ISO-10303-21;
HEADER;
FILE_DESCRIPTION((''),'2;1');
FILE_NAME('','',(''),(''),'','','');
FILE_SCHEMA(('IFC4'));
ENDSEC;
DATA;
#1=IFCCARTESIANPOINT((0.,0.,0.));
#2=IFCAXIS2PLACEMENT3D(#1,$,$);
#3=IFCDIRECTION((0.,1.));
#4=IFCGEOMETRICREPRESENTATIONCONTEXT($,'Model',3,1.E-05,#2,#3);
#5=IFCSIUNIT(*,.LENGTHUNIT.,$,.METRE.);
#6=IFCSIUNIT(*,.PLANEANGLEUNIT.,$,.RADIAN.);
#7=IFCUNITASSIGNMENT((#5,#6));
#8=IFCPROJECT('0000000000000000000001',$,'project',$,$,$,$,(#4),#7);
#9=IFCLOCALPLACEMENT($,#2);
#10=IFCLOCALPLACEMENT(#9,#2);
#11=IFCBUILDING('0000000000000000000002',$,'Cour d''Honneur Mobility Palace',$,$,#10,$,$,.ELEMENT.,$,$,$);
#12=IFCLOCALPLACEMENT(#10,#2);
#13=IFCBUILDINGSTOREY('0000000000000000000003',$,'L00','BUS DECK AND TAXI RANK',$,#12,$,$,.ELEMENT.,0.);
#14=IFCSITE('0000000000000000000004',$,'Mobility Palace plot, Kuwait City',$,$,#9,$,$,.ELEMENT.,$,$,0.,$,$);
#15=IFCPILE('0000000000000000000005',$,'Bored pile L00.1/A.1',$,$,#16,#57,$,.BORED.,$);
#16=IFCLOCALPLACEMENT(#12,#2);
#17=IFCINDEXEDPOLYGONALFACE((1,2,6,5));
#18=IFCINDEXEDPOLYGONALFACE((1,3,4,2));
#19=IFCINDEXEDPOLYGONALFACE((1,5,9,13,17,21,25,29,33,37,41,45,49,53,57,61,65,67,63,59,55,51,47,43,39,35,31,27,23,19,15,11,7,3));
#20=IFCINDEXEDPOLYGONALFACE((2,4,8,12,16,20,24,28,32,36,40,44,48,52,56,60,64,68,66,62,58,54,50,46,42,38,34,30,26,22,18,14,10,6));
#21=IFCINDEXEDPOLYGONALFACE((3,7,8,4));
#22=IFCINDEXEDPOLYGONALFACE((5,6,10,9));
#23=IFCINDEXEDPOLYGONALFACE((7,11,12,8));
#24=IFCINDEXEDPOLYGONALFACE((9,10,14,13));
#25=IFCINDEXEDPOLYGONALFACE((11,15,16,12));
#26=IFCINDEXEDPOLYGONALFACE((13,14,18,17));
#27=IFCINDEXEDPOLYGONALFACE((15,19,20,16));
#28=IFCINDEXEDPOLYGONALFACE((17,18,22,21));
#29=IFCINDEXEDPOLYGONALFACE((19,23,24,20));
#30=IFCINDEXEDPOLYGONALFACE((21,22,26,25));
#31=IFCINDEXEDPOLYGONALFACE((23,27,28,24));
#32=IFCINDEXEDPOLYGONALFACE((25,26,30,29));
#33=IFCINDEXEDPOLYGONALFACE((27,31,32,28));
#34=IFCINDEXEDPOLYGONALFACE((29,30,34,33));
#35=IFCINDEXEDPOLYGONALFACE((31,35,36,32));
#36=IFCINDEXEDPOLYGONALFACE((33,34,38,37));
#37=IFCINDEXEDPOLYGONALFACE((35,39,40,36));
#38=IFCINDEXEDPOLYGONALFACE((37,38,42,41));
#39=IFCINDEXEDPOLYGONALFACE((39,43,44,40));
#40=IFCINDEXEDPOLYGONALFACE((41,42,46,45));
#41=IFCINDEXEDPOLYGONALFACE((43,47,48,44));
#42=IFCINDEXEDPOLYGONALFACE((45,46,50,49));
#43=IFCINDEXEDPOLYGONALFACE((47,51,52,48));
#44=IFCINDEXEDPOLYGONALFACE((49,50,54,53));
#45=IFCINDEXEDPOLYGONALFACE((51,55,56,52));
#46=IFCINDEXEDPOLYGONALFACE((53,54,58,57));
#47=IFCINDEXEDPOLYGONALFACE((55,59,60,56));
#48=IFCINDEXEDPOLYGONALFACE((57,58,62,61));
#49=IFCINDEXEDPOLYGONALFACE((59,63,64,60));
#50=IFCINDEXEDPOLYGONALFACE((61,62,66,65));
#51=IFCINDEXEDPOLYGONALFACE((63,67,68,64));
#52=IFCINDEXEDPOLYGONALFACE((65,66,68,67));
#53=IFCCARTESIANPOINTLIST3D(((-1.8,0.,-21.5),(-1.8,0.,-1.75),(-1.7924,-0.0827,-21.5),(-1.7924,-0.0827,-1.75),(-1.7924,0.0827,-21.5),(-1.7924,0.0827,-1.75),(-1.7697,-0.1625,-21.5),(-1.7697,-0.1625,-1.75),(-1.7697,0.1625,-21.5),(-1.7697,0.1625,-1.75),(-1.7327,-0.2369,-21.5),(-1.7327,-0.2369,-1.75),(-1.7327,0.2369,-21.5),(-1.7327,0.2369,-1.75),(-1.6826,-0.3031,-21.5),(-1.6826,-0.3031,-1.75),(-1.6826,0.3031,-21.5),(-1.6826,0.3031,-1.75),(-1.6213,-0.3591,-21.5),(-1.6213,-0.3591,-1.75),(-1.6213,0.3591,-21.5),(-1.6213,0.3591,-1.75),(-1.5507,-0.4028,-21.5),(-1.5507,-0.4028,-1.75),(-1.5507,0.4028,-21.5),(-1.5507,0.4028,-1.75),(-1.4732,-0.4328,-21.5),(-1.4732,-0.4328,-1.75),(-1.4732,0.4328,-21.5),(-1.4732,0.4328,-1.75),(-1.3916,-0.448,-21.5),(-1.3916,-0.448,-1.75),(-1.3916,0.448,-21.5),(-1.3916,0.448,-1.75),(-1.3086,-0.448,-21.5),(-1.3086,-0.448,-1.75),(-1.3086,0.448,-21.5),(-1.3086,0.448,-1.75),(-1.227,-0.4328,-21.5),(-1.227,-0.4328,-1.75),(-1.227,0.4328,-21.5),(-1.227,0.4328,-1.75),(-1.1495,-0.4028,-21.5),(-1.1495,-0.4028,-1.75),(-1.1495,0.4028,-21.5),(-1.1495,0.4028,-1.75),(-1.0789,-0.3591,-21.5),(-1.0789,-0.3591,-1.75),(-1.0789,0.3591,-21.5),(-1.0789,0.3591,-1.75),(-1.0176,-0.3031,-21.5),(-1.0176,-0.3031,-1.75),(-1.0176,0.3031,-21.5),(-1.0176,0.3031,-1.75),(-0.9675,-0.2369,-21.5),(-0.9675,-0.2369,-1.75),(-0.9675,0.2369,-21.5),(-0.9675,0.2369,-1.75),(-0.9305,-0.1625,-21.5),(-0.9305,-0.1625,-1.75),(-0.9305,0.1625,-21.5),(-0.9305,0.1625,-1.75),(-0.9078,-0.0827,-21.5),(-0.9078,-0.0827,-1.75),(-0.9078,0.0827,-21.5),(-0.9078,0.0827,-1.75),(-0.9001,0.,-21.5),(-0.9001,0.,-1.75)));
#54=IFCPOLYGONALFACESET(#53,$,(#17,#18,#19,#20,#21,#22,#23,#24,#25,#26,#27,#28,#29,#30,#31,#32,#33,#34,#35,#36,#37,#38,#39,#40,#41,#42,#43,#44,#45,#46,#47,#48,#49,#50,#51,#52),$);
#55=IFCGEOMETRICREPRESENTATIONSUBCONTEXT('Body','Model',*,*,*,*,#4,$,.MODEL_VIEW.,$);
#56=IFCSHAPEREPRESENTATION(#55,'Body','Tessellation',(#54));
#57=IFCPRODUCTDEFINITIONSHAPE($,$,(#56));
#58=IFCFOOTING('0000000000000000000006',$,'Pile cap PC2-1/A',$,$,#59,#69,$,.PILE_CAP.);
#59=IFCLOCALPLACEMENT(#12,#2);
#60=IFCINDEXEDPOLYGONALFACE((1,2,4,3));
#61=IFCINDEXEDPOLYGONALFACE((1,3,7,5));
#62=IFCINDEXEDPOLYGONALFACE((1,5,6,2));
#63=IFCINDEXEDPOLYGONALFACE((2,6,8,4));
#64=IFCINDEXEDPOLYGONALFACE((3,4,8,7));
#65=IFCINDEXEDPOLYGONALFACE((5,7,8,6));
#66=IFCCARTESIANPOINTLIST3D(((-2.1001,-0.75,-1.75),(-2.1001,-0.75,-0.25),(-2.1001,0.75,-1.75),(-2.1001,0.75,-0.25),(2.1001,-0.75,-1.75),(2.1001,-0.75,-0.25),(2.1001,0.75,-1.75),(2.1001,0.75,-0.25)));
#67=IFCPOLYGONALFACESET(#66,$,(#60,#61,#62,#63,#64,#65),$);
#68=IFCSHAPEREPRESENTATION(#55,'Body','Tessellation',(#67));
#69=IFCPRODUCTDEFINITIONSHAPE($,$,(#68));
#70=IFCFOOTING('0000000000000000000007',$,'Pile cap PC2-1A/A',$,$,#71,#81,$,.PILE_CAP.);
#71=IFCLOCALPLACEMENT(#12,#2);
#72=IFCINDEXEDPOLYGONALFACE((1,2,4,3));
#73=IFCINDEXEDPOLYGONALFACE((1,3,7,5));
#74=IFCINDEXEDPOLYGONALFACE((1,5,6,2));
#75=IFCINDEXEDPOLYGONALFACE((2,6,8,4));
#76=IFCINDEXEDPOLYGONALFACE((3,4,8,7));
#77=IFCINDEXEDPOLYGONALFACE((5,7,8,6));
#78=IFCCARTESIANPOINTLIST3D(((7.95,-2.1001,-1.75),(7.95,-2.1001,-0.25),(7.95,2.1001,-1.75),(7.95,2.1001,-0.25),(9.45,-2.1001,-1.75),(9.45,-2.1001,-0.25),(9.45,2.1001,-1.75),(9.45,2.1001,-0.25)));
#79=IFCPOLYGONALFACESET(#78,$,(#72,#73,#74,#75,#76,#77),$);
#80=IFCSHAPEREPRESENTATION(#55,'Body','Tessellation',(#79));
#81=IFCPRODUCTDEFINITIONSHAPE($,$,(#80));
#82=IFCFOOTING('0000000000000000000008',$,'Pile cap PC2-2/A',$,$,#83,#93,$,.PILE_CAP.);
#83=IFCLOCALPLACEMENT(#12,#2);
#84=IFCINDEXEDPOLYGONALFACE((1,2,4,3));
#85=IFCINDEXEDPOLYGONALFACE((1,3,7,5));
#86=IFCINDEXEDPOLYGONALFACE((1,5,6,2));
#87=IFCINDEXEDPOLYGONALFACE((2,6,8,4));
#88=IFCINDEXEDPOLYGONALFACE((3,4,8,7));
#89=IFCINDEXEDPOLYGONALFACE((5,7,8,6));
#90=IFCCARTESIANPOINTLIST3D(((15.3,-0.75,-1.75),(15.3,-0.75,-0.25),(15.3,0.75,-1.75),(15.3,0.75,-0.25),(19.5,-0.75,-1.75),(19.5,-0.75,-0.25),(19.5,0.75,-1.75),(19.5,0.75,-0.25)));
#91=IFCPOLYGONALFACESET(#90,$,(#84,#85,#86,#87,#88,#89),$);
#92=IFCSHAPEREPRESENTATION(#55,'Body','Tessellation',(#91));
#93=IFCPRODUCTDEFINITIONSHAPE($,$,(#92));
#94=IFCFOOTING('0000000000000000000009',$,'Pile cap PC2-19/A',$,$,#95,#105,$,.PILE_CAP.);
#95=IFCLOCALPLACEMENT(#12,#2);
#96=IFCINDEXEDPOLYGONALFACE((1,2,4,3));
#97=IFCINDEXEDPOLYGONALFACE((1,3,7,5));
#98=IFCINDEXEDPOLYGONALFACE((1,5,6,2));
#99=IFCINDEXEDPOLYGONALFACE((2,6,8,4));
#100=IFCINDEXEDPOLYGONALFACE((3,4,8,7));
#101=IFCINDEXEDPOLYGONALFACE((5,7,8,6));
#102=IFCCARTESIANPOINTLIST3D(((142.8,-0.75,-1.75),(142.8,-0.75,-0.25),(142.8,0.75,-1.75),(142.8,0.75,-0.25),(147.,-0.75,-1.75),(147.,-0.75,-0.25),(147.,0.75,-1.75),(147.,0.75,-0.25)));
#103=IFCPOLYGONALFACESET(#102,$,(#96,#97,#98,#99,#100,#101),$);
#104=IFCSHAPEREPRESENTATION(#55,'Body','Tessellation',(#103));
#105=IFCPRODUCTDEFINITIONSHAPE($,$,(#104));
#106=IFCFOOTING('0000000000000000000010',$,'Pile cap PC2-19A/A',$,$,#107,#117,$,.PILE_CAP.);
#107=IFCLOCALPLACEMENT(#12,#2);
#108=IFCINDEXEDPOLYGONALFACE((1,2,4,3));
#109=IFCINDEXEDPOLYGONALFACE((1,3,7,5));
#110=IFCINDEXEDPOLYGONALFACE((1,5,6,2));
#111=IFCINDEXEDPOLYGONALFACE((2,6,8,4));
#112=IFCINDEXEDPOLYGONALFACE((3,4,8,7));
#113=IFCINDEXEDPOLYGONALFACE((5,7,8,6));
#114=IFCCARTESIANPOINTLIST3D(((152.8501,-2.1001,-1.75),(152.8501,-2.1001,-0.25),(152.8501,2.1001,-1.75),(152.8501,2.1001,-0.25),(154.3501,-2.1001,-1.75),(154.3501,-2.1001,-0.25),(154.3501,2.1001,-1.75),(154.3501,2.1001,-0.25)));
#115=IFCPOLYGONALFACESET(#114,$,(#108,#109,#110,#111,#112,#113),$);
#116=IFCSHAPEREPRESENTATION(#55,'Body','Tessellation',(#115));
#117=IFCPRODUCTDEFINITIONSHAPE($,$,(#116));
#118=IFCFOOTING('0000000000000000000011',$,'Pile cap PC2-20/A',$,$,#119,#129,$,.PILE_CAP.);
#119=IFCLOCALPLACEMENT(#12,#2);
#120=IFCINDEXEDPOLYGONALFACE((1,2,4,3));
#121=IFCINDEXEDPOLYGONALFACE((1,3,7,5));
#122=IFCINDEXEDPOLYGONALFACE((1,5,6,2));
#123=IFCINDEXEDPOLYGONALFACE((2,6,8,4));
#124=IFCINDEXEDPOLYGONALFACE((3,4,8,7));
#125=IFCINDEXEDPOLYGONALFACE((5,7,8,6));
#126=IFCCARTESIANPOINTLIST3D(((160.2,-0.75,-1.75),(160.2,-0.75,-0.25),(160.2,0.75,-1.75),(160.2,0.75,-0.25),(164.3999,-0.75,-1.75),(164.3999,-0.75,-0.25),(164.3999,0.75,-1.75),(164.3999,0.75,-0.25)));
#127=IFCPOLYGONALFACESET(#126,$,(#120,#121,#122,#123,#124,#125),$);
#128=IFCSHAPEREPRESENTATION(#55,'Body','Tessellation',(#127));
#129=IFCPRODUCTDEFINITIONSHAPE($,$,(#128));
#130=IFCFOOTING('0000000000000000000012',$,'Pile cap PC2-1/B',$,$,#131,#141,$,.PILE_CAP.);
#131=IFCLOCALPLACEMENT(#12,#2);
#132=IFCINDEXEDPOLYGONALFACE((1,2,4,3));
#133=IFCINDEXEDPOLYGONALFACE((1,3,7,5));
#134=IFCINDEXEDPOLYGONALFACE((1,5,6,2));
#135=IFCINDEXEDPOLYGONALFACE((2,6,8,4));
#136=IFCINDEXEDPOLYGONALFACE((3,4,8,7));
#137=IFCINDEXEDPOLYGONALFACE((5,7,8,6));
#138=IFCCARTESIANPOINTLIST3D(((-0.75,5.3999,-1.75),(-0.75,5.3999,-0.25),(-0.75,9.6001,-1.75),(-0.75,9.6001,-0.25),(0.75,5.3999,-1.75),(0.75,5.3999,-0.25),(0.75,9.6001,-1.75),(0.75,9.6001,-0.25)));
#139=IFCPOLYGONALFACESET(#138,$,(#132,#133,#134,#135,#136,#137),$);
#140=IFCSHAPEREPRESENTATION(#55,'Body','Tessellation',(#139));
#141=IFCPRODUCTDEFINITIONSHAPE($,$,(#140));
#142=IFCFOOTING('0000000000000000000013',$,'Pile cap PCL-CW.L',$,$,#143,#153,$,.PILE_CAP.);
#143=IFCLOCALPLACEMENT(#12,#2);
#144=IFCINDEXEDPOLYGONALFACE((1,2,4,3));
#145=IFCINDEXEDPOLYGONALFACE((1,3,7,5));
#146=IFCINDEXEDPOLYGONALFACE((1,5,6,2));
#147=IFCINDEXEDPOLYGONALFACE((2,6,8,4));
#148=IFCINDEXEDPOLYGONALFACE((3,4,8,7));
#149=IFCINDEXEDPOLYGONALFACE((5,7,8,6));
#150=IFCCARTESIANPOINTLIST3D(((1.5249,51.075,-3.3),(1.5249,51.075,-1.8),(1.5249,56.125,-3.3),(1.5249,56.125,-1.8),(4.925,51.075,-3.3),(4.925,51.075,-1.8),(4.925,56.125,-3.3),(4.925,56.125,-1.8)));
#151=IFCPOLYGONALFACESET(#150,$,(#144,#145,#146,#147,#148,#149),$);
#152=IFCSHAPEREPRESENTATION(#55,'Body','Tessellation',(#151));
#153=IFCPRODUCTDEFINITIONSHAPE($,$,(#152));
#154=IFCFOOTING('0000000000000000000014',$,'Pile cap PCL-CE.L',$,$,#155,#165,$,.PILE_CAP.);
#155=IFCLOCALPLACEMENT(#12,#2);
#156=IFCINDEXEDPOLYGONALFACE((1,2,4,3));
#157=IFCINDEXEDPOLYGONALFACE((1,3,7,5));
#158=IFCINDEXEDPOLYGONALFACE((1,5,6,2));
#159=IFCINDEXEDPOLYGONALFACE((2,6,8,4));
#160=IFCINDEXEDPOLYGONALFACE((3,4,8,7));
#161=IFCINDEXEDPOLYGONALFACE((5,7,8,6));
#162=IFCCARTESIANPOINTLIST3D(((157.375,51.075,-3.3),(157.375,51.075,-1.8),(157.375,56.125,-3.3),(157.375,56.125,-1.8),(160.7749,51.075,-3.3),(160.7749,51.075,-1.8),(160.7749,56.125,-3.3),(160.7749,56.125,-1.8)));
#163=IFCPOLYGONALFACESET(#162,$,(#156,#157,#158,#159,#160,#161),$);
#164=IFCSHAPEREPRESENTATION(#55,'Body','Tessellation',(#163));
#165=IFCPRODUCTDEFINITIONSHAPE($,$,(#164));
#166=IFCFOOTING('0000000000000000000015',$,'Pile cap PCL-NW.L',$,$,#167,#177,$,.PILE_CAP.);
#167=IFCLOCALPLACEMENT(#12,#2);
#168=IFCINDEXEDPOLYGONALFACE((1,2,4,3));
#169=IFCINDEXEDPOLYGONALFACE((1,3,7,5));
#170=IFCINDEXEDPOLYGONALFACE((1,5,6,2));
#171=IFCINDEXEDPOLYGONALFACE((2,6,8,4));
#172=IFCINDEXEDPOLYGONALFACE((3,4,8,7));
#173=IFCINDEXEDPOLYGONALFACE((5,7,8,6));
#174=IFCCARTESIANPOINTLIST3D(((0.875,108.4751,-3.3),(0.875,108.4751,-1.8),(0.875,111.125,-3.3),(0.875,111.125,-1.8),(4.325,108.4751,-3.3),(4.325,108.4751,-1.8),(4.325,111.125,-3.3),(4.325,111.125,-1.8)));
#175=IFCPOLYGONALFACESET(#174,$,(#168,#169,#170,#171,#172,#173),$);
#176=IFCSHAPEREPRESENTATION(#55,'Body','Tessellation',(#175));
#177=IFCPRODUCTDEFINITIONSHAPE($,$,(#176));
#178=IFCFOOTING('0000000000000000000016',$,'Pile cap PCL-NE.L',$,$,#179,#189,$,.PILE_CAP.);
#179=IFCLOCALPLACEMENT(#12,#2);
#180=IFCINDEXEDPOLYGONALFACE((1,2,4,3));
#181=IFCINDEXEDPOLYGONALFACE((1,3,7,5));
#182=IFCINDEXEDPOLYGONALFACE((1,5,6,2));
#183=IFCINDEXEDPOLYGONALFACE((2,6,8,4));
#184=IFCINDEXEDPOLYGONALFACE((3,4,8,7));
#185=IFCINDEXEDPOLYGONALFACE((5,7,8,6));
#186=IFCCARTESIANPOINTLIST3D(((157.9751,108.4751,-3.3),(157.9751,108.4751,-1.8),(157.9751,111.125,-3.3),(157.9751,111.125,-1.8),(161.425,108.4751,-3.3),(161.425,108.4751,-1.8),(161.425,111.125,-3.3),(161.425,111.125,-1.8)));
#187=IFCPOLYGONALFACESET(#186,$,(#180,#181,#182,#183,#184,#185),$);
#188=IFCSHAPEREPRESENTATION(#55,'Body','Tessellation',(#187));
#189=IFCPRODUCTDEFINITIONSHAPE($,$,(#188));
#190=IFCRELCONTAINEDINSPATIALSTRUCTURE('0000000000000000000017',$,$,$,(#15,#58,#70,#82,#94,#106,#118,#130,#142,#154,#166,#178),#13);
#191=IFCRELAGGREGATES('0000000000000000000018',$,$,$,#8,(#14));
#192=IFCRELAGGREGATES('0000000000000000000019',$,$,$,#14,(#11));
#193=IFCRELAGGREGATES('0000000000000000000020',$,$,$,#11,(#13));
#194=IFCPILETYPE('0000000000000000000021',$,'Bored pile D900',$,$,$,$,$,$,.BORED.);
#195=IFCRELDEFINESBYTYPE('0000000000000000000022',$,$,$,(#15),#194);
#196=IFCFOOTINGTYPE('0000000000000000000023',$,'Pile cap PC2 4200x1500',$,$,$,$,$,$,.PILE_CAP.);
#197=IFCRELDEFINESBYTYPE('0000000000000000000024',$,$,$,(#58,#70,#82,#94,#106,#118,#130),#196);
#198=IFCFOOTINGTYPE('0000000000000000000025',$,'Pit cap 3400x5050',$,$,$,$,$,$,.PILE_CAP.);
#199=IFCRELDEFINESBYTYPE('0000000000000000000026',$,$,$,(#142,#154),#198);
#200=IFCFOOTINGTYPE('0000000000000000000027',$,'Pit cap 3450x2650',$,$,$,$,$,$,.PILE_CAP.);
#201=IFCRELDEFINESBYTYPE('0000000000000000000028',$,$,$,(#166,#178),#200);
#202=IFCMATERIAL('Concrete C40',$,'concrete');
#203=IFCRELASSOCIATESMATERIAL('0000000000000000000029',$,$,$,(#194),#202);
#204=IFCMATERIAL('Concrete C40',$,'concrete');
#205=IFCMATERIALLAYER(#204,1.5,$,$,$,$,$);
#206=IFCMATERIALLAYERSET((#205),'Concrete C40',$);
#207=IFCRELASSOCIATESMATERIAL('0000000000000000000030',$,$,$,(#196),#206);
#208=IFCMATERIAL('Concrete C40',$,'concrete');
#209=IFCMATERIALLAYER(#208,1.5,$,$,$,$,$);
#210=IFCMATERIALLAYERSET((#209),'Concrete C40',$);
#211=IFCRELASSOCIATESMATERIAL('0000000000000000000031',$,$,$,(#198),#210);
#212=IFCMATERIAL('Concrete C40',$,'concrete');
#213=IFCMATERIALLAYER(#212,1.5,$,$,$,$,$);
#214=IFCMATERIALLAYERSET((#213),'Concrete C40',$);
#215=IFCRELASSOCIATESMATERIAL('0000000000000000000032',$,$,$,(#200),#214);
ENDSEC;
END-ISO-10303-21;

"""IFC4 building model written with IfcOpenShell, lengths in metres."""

from ifc_helpers import new_model, si_unit, direction, frame, origin, origin_2d, place, context, subcontext, project, spatial, polyline, circle, outline, extrude, material, layer, layer_set, material_profile, profile_set, type_object, element, save


model = new_model("IFC4")

# Units and contexts
model_context = context("Model", 3, precision=1e-05, world=origin(), true_north=direction((0.0, 1.0)))
body_context = subcontext(model_context, "Body", "Model", "MODEL_VIEW")
ifc_project = project(units=[si_unit("LENGTHUNIT", "METRE"), si_unit("PLANEANGLEUNIT", "RADIAN")], contexts=[model_context])

# Site, building, storey
site_placement = place(None, origin())
site = spatial("IfcSite", under=ifc_project, at=site_placement, Name="Mobility Palace plot, Kuwait City", CompositionType="ELEMENT", RefElevation=0.0)
building_placement = place(site_placement, origin())
building = spatial("IfcBuilding", under=site, at=building_placement, Name="Cour d'Honneur Mobility Palace", CompositionType="ELEMENT")
storey_placement = place(building_placement, origin())
storey = spatial("IfcBuildingStorey", under=building, at=storey_placement, Name="L00", Description="BUS DECK AND TAXI RANK", CompositionType="ELEMENT", Elevation=0.0)

# Pile
ifc_material_1 = material(Name="Concrete C40", Category="concrete")
ifc_material_profile = material_profile(ifc_material_1, circle(Radius=0.45, at=origin_2d()), Name="Bored pile D900")
ifc_profile_set = profile_set([ifc_material_profile], Name="Concrete C40")
pile_type = type_object("IfcPileType", Name="Bored pile D900", PredefinedType="BORED", material=ifc_profile_set)
pile_placement = place(storey_placement, frame((-1.3501, 0.0, -1.75), z_axis=(0.0, 0.0, -1.0), x_axis=(1.0, 0.0, 0.0)))
element("IfcPile", 1, at=pile_placement, inside=storey, type_object=pile_type, Name="Bored pile L00.1/A.1", PredefinedType="BORED", context=body_context, shape_type="SweptSolid", body=[
    extrude(circle(Radius=0.45, at=origin_2d()), origin(), (0.0, 0.0, 1.0), 19.75),
])

# Footings
ifc_material_2 = material(Name="Concrete C40", Category="concrete")
ifc_layer_1 = layer(ifc_material_2, 1.5)
ifc_layer_set_1 = layer_set([ifc_layer_1], Name="Concrete C40")
footing_type_1 = type_object("IfcFootingType", Name="Pile cap PC2 4200x1500", PredefinedType="PILE_CAP", material=ifc_layer_set_1)
footing_1_placement = place(storey_placement, frame((0.0, 0.0, -1.75)))
element("IfcFooting", 2, at=footing_1_placement, inside=storey, type_object=footing_type_1, Name="Pile cap PC2-1/A", PredefinedType="PILE_CAP", context=body_context, shape_type="SweptSolid", body=[
    extrude(outline(polyline([(-2.1001, -0.75), (2.1001, -0.75), (2.1001, 0.75), (-2.1001, 0.75), (-2.1001, -0.75)])), origin(), (0.0, 0.0, 1.0), 1.5),
])
footing_2_placement = place(storey_placement, frame((0.0, 0.0, -1.75)))
element("IfcFooting", 3, at=footing_2_placement, inside=storey, type_object=footing_type_1, Name="Pile cap PC2-1A/A", PredefinedType="PILE_CAP", context=body_context, shape_type="SweptSolid", body=[
    extrude(outline(polyline([(7.95, -2.1001), (9.45, -2.1001), (9.45, 2.1001), (7.95, 2.1001), (7.95, -2.1001)])), origin(), (0.0, 0.0, 1.0), 1.5),
])
footing_3_placement = place(storey_placement, frame((0.0, 0.0, -1.75)))
element("IfcFooting", 4, at=footing_3_placement, inside=storey, type_object=footing_type_1, Name="Pile cap PC2-2/A", PredefinedType="PILE_CAP", context=body_context, shape_type="SweptSolid", body=[
    extrude(outline(polyline([(15.3, -0.75), (19.5, -0.75), (19.5, 0.75), (15.3, 0.75), (15.3, -0.75)])), origin(), (0.0, 0.0, 1.0), 1.5),
])
footing_4_placement = place(storey_placement, frame((0.0, 0.0, -1.75)))
element("IfcFooting", 5, at=footing_4_placement, inside=storey, type_object=footing_type_1, Name="Pile cap PC2-19/A", PredefinedType="PILE_CAP", context=body_context, shape_type="SweptSolid", body=[
    extrude(outline(polyline([(142.8, -0.75), (147.0, -0.75), (147.0, 0.75), (142.8, 0.75), (142.8, -0.75)])), origin(), (0.0, 0.0, 1.0), 1.5),
])
footing_5_placement = place(storey_placement, frame((0.0, 0.0, -1.75)))
element("IfcFooting", 6, at=footing_5_placement, inside=storey, type_object=footing_type_1, Name="Pile cap PC2-19A/A", PredefinedType="PILE_CAP", context=body_context, shape_type="SweptSolid", body=[
    extrude(outline(polyline([(152.8501, -2.1001), (154.3501, -2.1001), (154.3501, 2.1001), (152.8501, 2.1001), (152.8501, -2.1001)])), origin(), (0.0, 0.0, 1.0), 1.5),
])
footing_6_placement = place(storey_placement, frame((0.0, 0.0, -1.75)))
element("IfcFooting", 7, at=footing_6_placement, inside=storey, type_object=footing_type_1, Name="Pile cap PC2-20/A", PredefinedType="PILE_CAP", context=body_context, shape_type="SweptSolid", body=[
    extrude(outline(polyline([(160.2, -0.75), (164.3999, -0.75), (164.3999, 0.75), (160.2, 0.75), (160.2, -0.75)])), origin(), (0.0, 0.0, 1.0), 1.5),
])
footing_7_placement = place(storey_placement, frame((0.0, 0.0, -1.75)))
element("IfcFooting", 8, at=footing_7_placement, inside=storey, type_object=footing_type_1, Name="Pile cap PC2-1/B", PredefinedType="PILE_CAP", context=body_context, shape_type="SweptSolid", body=[
    extrude(outline(polyline([(-0.75, 5.3999), (0.75, 5.3999), (0.75, 9.6001), (-0.75, 9.6001), (-0.75, 5.3999)])), origin(), (0.0, 0.0, 1.0), 1.5),
])
ifc_material_3 = material(Name="Concrete C40", Category="concrete")
ifc_layer_2 = layer(ifc_material_3, 1.5)
ifc_layer_set_2 = layer_set([ifc_layer_2], Name="Concrete C40")
footing_type_2 = type_object("IfcFootingType", Name="Pit cap 3400x5050", PredefinedType="PILE_CAP", material=ifc_layer_set_2)
footing_8_placement = place(storey_placement, frame((0.0, 0.0, -3.3)))
element("IfcFooting", 9, at=footing_8_placement, inside=storey, type_object=footing_type_2, Name="Pile cap PCL-CW.L", PredefinedType="PILE_CAP", context=body_context, shape_type="SweptSolid", body=[
    extrude(outline(polyline([(1.5249, 51.075), (4.925, 51.075), (4.925, 56.125), (1.5249, 56.125), (1.5249, 51.075)])), origin(), (0.0, 0.0, 1.0), 1.5),
])
footing_9_placement = place(storey_placement, frame((0.0, 0.0, -3.3)))
element("IfcFooting", 10, at=footing_9_placement, inside=storey, type_object=footing_type_2, Name="Pile cap PCL-CE.L", PredefinedType="PILE_CAP", context=body_context, shape_type="SweptSolid", body=[
    extrude(outline(polyline([(157.375, 51.075), (160.7749, 51.075), (160.7749, 56.125), (157.375, 56.125), (157.375, 51.075)])), origin(), (0.0, 0.0, 1.0), 1.5),
])
ifc_material_4 = material(Name="Concrete C40", Category="concrete")
ifc_layer_3 = layer(ifc_material_4, 1.5)
ifc_layer_set_3 = layer_set([ifc_layer_3], Name="Concrete C40")
footing_type_3 = type_object("IfcFootingType", Name="Pit cap 3450x2650", PredefinedType="PILE_CAP", material=ifc_layer_set_3)
footing_10_placement = place(storey_placement, frame((0.0, 0.0, -3.3)))
element("IfcFooting", 11, at=footing_10_placement, inside=storey, type_object=footing_type_3, Name="Pile cap PCL-NW.L", PredefinedType="PILE_CAP", context=body_context, shape_type="SweptSolid", body=[
    extrude(outline(polyline([(0.875, 108.4751), (4.325, 108.4751), (4.325, 111.125), (0.875, 111.125), (0.875, 108.4751)])), origin(), (0.0, 0.0, 1.0), 1.5),
])
footing_11_placement = place(storey_placement, frame((0.0, 0.0, -3.3)))
element("IfcFooting", 12, at=footing_11_placement, inside=storey, type_object=footing_type_3, Name="Pile cap PCL-NE.L", PredefinedType="PILE_CAP", context=body_context, shape_type="SweptSolid", body=[
    extrude(outline(polyline([(157.9751, 108.4751), (161.425, 108.4751), (161.425, 111.125), (157.9751, 111.125), (157.9751, 108.4751)])), origin(), (0.0, 0.0, 1.0), 1.5),
])

save(model, "model.ifc")
